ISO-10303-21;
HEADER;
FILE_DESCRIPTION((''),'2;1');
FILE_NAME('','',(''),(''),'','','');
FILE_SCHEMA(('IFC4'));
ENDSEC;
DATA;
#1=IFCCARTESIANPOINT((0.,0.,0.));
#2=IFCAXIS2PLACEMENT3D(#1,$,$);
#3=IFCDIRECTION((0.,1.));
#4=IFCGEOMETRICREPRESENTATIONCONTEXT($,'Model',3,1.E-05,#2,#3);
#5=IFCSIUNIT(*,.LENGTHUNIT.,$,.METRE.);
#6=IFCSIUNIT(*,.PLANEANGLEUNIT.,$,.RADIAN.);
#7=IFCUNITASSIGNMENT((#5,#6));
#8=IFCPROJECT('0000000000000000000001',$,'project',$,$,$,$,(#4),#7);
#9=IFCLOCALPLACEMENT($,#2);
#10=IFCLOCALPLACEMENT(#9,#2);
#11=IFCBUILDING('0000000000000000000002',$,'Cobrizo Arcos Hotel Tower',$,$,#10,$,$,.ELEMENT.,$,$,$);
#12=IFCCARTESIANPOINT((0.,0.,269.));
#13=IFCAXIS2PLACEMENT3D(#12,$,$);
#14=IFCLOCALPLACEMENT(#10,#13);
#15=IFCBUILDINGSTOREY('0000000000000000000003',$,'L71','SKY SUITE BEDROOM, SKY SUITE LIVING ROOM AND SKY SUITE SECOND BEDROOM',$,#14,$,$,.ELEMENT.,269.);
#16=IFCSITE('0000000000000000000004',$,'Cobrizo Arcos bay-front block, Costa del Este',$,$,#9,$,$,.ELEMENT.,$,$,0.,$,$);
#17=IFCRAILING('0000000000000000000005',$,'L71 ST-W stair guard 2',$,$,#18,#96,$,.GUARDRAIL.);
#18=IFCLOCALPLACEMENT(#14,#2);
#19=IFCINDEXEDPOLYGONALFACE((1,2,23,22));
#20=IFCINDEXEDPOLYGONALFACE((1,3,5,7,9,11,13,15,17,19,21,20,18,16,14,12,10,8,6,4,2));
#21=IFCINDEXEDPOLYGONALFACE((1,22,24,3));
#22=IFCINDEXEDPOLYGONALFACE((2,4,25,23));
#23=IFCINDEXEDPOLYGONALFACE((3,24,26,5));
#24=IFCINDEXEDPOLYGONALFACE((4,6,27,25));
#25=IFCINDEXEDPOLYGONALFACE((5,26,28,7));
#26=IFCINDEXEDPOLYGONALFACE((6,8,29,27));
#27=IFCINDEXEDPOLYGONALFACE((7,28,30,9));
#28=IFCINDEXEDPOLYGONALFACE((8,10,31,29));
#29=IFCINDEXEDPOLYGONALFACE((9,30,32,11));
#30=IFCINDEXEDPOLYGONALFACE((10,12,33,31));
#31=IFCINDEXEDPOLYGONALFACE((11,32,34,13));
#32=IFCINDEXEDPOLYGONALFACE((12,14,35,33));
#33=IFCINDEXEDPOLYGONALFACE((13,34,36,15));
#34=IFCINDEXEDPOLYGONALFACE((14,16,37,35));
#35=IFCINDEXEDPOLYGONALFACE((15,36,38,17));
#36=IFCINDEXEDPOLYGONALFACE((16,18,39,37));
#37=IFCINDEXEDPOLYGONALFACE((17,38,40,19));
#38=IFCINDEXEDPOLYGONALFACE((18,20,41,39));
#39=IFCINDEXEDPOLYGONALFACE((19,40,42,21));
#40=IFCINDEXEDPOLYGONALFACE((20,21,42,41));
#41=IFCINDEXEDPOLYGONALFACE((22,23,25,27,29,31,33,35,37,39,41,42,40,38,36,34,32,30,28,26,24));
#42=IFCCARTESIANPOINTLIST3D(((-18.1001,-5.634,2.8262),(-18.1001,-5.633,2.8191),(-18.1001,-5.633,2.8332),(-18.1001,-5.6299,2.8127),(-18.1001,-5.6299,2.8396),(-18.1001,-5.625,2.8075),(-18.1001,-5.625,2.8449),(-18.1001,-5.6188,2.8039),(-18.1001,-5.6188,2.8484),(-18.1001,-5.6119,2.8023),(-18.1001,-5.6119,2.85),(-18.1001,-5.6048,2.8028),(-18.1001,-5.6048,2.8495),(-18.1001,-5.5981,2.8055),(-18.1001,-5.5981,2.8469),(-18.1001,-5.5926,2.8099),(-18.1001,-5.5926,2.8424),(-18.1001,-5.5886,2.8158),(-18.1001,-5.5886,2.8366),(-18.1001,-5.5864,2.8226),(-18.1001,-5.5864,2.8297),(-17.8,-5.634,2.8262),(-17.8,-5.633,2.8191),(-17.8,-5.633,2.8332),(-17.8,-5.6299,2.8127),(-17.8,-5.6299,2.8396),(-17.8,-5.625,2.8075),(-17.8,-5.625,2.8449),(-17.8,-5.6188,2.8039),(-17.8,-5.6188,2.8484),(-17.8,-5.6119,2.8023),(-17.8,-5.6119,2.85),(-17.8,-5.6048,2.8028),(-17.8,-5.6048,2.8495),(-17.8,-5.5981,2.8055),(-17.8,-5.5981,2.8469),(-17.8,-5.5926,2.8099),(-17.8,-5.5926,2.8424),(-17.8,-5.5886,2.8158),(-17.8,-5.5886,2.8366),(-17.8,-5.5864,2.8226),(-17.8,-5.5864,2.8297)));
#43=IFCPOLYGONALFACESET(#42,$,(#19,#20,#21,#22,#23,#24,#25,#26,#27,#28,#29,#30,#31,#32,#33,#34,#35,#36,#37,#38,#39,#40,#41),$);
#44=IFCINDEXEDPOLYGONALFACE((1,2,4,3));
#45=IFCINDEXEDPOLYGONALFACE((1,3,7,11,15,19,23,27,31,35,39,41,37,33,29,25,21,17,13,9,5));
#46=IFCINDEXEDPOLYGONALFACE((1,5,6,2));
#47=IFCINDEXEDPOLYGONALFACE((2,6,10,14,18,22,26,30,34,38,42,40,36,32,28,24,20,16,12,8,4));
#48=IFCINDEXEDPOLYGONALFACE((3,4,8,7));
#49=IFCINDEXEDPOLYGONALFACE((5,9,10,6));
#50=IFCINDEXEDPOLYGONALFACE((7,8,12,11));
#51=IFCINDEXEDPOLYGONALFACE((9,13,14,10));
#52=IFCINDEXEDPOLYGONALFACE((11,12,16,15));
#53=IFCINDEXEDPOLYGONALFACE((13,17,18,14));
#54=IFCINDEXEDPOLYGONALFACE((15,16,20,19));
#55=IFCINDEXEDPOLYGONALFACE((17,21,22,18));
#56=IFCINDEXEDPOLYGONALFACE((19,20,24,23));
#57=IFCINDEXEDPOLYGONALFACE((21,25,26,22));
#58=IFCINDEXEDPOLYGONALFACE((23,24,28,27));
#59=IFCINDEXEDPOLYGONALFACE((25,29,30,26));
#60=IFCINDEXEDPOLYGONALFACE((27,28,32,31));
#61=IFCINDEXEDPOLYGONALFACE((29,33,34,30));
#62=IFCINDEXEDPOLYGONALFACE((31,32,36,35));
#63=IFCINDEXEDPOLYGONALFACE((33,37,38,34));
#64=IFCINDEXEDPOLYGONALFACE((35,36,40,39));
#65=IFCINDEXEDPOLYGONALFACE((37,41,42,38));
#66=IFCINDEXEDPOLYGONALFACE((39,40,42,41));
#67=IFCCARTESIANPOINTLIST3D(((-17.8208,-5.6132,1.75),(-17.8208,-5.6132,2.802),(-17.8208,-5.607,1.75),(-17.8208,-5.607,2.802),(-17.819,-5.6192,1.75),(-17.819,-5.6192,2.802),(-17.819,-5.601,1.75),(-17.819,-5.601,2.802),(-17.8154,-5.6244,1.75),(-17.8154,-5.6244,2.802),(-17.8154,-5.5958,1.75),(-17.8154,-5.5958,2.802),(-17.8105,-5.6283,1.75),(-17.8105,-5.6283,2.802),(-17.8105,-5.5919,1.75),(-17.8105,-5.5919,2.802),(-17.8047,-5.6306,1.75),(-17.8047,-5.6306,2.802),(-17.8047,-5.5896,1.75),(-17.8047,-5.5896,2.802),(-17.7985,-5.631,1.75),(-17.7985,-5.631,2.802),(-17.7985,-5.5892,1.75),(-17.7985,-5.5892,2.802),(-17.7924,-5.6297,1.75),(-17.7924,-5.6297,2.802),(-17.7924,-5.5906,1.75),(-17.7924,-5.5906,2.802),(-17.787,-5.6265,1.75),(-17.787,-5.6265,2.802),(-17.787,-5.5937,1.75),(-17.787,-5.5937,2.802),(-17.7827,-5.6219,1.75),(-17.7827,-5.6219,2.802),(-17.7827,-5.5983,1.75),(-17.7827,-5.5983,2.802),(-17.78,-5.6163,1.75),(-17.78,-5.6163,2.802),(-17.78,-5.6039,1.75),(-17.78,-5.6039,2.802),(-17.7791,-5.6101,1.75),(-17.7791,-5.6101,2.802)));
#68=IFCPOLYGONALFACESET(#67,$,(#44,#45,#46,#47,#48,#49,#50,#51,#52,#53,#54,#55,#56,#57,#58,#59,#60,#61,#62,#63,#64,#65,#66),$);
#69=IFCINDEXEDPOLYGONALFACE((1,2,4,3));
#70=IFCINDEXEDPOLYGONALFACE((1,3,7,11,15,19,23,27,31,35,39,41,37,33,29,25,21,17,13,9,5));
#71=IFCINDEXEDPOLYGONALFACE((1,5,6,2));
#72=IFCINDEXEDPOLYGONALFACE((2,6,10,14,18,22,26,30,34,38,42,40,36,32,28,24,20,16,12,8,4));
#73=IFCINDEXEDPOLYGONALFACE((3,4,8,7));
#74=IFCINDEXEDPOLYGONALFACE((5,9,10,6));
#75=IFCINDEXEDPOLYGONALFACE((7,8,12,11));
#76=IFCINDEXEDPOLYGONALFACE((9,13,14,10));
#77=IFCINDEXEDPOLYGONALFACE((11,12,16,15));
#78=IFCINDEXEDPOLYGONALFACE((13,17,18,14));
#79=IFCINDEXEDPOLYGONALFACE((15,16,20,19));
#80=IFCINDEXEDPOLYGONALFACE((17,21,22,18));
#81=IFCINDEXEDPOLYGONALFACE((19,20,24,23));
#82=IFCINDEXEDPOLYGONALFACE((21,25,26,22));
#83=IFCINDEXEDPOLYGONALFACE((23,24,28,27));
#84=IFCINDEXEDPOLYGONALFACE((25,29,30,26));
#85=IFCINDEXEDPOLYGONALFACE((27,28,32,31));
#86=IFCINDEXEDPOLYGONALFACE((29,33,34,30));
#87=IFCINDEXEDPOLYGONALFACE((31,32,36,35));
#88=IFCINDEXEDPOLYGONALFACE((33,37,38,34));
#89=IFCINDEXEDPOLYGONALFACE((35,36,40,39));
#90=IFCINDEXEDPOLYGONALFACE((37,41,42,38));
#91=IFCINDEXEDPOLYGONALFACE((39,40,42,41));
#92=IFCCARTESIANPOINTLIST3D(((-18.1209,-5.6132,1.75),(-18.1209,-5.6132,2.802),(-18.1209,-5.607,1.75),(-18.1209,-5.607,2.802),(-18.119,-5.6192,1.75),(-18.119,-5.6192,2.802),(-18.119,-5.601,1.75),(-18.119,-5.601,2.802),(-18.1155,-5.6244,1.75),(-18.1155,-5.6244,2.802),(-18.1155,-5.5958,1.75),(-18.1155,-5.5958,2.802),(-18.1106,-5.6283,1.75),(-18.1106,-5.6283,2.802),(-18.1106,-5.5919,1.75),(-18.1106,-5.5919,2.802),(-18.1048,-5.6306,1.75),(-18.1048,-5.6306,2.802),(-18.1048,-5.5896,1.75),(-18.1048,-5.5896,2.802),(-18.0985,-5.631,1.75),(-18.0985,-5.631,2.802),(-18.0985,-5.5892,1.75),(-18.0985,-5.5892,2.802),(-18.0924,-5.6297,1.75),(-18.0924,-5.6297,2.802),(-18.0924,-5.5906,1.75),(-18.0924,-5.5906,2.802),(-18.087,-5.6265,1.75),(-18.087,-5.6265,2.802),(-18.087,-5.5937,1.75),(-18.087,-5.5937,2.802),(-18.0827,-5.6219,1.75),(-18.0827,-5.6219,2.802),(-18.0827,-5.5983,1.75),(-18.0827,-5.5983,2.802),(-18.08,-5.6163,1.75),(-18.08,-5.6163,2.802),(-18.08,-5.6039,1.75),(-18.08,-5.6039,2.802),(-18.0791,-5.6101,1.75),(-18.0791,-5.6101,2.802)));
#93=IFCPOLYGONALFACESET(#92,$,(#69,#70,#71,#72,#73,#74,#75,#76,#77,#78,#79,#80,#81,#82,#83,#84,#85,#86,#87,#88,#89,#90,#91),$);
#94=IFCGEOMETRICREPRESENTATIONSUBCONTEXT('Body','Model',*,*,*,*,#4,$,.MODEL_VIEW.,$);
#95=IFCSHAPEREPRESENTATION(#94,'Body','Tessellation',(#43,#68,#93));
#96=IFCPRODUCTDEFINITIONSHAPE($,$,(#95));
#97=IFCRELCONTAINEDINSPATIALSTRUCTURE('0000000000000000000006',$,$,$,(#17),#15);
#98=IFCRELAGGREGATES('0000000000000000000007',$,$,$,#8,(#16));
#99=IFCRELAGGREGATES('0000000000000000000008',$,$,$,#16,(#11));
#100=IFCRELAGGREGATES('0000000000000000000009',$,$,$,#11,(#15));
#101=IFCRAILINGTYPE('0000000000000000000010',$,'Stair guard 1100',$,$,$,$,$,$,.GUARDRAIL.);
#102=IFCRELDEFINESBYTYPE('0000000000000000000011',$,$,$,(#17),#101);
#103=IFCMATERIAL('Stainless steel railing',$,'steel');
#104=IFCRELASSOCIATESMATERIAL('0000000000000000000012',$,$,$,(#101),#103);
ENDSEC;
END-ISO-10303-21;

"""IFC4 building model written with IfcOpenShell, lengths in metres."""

from ifc_helpers import new_model, si_unit, direction, frame, origin, origin_2d, place, context, subcontext, project, spatial, circle, extrude, material, type_object, element, save


model = new_model("IFC4")

# Units and contexts
model_context = context("Model", 3, precision=1e-05, world=origin(), true_north=direction((0.0, 1.0)))
body_context = subcontext(model_context, "Body", "Model", "MODEL_VIEW")
ifc_project = project(units=[si_unit("LENGTHUNIT", "METRE"), si_unit("PLANEANGLEUNIT", "RADIAN")], contexts=[model_context])

# Site, building, storey
site_placement = place(None, origin())
site = spatial("IfcSite", under=ifc_project, at=site_placement, Name="Cobrizo Arcos bay-front block, Costa del Este", CompositionType="ELEMENT", RefElevation=0.0)
building_placement = place(site_placement, origin())
building = spatial("IfcBuilding", under=site, at=building_placement, Name="Cobrizo Arcos Hotel Tower", CompositionType="ELEMENT")
storey_placement = place(building_placement, frame((0.0, 0.0, 269.0)))
storey = spatial("IfcBuildingStorey", under=building, at=storey_placement, Name="L71", Description="SKY SUITE BEDROOM, SKY SUITE LIVING ROOM AND SKY SUITE SECOND BEDROOM", CompositionType="ELEMENT", Elevation=269.0)

# Railing
ifc_material_1 = material(Name="Stainless steel railing", Category="steel")
railing_type_1 = type_object("IfcRailingType", Name="Stair guard 1100", PredefinedType="GUARDRAIL", material=ifc_material_1)
railing_1_placement = place(storey_placement, frame((-17.8, -5.6101, 1.75)))
element("IfcRailing", 1, at=railing_1_placement, inside=storey, type_object=railing_type_1, Name="L71 ST-W stair guard 2", PredefinedType="GUARDRAIL", context=body_context, shape_type="SweptSolid", body=[
    extrude(circle(Radius=0.0239, at=origin_2d()), frame((0.0, 0.0, 1.0762), z_axis=(-1.0, 0.0, 0.0), x_axis=(0.0, -1.0, 0.0)), (0.0, 0.0, 1.0), 0.3),
    extrude(circle(Radius=0.021, at=origin_2d()), origin(), (0.0, 0.0, 1.0), 1.052),
    extrude(circle(Radius=0.021, at=origin_2d()), frame((-0.3, 0.0, 0.0)), (0.0, 0.0, 1.0), 1.052),
])

save(model, "model.ifc")
